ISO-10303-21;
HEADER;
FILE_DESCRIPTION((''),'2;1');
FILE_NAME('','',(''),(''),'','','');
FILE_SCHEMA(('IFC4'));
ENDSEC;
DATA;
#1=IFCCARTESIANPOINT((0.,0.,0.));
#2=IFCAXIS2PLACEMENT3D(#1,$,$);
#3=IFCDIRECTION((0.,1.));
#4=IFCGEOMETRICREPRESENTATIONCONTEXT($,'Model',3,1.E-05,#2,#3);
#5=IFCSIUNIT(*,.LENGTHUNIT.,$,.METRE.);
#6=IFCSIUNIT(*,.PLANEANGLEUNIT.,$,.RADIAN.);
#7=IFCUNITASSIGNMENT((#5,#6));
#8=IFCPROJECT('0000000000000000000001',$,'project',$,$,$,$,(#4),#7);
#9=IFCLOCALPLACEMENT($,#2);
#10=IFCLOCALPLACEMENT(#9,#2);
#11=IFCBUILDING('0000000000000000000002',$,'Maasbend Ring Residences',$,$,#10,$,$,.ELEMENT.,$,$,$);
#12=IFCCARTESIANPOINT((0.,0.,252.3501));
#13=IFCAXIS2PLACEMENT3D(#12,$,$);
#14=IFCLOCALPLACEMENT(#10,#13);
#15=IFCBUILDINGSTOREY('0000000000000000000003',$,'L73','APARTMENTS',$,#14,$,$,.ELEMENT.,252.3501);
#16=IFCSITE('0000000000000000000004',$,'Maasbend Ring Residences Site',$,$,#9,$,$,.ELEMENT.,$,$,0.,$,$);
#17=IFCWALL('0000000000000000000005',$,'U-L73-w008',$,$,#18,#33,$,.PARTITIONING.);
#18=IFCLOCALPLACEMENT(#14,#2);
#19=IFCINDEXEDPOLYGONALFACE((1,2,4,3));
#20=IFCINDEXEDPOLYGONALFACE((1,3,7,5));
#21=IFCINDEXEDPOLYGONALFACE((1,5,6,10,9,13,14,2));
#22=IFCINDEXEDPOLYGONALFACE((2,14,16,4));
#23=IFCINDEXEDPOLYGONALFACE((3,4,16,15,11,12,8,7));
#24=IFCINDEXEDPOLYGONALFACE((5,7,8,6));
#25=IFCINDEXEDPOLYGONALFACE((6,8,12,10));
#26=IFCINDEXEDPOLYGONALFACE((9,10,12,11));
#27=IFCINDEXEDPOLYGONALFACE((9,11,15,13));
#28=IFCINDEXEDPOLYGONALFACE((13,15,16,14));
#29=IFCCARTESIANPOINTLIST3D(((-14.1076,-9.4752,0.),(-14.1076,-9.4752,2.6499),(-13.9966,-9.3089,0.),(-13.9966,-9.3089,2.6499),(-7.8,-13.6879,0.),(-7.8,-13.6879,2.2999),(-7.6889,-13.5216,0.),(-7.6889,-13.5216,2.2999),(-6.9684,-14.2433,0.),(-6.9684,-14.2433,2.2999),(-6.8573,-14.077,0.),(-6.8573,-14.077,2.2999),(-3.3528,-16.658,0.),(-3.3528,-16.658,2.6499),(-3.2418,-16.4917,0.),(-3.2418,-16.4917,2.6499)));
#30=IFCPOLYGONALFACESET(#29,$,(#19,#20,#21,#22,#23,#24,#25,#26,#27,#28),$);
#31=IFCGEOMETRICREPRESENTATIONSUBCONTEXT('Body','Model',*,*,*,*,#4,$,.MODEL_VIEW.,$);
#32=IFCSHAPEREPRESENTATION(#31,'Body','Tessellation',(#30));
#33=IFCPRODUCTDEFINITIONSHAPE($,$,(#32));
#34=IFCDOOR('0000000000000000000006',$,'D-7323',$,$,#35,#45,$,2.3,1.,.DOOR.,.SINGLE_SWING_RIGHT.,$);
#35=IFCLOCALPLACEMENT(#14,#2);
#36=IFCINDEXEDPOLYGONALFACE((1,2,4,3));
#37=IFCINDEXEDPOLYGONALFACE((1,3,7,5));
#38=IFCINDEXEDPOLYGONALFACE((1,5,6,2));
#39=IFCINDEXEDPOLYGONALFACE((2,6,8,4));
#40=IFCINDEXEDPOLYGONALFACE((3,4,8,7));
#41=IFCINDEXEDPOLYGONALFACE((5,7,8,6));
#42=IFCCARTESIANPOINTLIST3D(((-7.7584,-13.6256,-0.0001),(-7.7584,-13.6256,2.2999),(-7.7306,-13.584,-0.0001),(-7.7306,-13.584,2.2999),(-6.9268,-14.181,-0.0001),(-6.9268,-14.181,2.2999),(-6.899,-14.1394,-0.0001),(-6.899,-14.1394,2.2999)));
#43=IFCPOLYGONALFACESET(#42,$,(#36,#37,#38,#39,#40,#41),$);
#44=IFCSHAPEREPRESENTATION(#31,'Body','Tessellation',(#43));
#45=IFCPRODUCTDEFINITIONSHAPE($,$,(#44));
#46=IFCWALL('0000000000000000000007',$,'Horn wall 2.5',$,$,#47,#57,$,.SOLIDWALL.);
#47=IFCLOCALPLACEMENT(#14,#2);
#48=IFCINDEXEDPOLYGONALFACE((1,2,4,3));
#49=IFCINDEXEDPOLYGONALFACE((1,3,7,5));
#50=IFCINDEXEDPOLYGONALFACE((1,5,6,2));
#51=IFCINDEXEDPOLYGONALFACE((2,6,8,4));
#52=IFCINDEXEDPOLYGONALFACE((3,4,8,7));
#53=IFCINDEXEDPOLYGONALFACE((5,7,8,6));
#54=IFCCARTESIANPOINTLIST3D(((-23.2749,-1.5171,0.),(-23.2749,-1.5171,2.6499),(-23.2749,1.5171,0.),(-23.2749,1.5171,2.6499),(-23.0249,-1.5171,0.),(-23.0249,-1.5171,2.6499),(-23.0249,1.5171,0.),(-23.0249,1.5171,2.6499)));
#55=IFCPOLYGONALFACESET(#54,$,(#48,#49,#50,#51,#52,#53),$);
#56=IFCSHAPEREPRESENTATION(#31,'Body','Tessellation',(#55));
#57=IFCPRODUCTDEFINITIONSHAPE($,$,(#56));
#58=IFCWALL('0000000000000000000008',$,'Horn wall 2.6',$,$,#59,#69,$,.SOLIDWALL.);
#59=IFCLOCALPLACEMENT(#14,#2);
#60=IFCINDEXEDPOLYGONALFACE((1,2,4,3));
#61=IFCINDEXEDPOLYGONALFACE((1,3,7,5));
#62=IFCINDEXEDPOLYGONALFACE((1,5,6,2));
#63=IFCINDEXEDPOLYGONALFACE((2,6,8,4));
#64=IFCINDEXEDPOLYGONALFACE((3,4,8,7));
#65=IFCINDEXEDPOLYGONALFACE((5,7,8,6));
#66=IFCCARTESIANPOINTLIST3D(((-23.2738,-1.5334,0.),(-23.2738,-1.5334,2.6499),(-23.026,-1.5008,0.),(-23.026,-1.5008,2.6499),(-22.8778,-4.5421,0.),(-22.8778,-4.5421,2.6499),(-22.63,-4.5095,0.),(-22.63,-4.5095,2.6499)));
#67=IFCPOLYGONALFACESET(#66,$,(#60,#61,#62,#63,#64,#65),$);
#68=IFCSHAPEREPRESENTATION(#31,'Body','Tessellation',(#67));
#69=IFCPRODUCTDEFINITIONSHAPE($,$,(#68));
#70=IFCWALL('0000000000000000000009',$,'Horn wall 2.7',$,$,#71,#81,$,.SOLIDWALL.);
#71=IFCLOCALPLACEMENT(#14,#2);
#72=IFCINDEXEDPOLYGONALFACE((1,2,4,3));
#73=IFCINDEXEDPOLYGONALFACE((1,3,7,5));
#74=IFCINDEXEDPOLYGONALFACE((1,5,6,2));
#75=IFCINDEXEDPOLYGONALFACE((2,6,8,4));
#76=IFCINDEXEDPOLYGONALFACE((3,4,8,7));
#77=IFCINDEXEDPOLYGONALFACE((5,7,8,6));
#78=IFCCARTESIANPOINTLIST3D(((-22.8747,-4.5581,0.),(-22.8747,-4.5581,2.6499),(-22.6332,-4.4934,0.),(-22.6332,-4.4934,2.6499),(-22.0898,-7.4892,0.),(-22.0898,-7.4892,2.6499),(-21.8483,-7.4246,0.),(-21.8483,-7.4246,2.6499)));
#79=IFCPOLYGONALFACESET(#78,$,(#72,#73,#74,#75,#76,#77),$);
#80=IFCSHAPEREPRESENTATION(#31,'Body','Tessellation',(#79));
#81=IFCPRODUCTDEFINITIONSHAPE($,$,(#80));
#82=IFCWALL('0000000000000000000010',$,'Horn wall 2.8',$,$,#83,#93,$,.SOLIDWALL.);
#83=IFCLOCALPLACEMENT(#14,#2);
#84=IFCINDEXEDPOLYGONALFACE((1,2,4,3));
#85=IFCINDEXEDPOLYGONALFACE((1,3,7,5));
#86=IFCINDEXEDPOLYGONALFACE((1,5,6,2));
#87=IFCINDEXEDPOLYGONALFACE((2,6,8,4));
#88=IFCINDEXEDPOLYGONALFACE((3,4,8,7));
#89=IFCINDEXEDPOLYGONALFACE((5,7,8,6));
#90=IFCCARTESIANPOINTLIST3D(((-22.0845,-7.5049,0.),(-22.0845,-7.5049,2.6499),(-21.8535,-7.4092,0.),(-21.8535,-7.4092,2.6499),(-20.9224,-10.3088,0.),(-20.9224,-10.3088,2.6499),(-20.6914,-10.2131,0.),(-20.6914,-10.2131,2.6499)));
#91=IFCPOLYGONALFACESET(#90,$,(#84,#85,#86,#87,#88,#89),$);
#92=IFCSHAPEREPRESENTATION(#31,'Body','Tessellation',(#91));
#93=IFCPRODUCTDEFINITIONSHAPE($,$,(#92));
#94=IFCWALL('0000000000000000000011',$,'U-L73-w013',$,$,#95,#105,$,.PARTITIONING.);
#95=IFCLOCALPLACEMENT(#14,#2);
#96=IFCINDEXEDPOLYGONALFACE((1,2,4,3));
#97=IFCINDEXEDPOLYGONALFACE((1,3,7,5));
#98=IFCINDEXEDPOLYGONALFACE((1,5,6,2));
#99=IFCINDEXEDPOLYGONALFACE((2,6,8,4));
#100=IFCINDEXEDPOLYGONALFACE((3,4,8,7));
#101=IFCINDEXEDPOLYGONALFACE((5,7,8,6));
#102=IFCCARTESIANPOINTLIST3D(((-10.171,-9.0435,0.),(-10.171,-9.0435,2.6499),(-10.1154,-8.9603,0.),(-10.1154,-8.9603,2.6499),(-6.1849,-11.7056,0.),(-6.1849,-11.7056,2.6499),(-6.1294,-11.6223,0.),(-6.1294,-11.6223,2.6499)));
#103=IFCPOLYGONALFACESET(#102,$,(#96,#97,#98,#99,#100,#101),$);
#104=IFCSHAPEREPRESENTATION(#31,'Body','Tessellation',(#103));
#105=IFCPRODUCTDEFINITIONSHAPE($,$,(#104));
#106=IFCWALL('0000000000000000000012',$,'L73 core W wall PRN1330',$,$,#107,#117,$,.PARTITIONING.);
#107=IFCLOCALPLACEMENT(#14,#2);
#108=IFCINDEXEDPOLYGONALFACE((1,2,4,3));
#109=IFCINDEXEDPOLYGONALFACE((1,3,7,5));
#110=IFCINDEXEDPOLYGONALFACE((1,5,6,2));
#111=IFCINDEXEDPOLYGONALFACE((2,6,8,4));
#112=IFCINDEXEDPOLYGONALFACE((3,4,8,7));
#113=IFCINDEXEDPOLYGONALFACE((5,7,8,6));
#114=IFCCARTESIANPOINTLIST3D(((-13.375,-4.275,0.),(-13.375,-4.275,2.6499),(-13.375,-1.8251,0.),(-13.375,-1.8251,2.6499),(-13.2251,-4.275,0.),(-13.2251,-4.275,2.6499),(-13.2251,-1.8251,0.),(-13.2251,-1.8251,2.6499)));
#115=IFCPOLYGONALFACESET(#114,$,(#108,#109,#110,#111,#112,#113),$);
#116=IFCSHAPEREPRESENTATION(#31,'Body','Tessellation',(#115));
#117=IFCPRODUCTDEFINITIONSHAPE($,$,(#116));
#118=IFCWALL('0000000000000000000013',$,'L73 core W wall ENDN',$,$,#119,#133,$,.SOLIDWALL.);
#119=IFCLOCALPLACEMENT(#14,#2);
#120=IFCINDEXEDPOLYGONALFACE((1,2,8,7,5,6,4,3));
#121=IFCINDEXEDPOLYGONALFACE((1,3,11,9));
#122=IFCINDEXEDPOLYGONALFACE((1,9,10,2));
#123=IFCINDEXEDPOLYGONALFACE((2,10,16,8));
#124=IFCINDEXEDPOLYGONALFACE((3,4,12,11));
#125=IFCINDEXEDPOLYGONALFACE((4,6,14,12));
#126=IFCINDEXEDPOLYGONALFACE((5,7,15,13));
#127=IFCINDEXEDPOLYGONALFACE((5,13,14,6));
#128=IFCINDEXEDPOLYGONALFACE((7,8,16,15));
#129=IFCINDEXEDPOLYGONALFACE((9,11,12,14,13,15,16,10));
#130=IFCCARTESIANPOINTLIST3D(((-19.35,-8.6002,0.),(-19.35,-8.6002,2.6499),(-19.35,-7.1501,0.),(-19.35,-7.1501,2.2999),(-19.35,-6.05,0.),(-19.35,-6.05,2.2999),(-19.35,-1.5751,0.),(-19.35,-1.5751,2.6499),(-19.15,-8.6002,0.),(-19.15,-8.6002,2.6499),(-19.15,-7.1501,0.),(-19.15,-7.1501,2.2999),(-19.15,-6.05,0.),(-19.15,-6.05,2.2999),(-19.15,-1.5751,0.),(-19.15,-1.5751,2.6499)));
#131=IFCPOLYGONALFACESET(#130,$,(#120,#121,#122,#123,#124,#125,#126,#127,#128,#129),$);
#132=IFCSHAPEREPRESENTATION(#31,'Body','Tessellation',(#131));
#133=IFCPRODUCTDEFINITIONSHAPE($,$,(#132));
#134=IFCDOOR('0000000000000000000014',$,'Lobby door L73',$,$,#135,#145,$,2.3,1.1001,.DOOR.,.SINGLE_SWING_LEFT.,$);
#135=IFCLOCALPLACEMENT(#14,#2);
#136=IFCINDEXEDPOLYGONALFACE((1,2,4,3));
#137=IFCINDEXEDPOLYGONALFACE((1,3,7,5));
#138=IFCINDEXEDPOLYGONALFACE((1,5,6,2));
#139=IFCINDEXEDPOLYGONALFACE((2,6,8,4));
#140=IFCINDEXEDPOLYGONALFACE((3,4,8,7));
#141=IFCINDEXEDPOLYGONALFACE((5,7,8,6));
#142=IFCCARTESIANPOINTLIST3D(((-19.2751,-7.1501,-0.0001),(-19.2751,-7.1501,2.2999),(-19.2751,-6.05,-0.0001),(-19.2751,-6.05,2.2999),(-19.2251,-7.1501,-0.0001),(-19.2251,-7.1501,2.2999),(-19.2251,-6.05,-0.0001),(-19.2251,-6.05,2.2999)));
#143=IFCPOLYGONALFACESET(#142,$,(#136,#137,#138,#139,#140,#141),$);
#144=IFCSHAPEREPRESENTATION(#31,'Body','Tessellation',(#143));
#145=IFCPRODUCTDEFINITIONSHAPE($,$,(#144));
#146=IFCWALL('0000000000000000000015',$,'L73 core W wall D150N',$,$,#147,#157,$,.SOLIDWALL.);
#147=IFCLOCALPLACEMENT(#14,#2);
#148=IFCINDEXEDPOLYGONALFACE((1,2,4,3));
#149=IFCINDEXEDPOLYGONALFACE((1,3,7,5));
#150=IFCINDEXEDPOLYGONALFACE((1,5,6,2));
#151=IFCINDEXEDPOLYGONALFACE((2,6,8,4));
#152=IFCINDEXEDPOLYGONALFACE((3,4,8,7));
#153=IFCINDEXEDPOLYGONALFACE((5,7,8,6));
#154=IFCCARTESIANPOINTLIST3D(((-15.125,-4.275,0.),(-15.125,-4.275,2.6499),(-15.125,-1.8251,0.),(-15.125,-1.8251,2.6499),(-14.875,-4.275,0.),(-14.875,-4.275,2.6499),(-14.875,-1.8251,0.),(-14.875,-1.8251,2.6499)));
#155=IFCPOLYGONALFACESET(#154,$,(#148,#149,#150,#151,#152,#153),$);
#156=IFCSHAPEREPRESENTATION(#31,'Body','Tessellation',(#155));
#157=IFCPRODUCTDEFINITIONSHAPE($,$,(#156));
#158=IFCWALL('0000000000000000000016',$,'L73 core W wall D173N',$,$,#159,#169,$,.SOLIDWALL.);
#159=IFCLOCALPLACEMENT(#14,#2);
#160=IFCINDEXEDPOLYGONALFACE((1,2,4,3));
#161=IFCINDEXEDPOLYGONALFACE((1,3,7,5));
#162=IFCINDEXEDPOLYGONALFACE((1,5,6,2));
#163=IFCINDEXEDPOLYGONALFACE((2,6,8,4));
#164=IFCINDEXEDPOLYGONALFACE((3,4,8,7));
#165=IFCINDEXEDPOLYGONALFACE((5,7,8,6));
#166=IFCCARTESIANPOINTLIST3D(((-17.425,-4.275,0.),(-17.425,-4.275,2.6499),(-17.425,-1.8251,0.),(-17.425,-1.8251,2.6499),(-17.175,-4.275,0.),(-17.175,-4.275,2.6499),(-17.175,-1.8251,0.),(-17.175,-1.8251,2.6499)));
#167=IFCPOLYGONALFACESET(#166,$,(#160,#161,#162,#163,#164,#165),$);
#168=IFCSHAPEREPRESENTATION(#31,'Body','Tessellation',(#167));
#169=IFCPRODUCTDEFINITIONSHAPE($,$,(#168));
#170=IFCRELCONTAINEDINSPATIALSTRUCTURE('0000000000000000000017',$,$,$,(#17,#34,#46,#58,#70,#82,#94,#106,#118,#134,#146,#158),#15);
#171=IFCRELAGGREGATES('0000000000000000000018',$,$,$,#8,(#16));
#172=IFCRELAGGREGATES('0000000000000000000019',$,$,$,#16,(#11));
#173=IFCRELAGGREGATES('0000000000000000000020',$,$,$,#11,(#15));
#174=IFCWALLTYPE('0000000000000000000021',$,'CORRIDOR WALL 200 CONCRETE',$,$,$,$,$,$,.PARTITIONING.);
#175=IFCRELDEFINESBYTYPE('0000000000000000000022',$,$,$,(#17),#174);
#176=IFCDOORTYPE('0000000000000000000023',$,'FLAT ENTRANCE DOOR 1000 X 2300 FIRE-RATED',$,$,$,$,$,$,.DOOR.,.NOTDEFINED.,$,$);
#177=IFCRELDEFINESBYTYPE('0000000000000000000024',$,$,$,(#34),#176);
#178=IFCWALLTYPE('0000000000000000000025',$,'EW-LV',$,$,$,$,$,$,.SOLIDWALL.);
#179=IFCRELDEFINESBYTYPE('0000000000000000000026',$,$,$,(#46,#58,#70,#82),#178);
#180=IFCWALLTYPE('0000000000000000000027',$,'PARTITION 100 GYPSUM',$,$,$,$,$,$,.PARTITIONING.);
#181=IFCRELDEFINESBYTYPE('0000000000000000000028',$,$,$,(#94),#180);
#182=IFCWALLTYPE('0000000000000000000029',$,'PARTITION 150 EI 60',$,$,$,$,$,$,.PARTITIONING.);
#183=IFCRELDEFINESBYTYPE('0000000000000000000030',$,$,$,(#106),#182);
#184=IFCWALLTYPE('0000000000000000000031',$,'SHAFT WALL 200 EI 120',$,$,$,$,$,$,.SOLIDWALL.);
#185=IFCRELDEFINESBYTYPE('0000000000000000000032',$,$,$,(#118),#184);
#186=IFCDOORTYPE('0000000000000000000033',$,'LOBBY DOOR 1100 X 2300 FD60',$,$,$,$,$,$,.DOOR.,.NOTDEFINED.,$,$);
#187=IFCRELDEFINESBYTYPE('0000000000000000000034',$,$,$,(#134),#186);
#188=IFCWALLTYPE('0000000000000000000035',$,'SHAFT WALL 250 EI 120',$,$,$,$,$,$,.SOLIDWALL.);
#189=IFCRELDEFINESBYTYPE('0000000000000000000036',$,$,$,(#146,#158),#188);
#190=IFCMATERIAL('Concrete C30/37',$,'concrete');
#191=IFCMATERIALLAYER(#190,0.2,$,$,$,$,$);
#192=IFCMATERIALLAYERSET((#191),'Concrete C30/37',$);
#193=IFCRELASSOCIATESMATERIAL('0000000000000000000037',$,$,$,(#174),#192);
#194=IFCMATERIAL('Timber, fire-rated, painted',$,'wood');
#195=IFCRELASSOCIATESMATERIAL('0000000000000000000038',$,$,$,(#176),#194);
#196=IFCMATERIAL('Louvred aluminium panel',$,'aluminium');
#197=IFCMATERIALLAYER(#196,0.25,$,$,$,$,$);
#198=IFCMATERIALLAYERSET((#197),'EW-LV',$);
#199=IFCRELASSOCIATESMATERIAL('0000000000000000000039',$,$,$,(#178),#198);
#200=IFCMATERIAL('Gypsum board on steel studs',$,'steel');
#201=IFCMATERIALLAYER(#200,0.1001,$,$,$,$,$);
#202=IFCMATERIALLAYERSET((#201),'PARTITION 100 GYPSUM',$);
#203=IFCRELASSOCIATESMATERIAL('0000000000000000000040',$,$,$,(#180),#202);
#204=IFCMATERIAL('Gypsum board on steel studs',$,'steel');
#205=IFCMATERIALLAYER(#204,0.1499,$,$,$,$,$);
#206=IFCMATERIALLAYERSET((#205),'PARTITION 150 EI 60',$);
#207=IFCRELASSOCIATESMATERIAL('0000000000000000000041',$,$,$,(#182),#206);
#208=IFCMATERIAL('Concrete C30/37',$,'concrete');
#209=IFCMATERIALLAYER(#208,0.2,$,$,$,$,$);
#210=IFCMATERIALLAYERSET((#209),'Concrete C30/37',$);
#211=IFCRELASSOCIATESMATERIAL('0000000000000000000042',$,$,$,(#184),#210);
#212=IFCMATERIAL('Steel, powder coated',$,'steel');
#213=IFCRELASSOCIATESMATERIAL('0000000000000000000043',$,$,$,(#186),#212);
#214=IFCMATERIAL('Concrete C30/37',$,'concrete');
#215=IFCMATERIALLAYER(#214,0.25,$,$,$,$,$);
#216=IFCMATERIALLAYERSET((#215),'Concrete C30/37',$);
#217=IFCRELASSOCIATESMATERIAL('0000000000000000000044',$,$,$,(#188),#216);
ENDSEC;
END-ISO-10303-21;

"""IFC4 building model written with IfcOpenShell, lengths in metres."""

from ifc_helpers import new_model, si_unit, direction, frame, frame_2d, origin, place, context, subcontext, project, spatial, rectangle, extrude, material, layer, layer_set, type_object, element, fill, save


model = new_model("IFC4")

# Units and contexts
model_context = context("Model", 3, precision=1e-05, world=origin(), true_north=direction((0.0, 1.0)))
body_context = subcontext(model_context, "Body", "Model", "MODEL_VIEW")
ifc_project = project(units=[si_unit("LENGTHUNIT", "METRE"), si_unit("PLANEANGLEUNIT", "RADIAN")], contexts=[model_context])

# Site, building, storey
site_placement = place(None, origin())
site = spatial("IfcSite", under=ifc_project, at=site_placement, Name="Maasbend Ring Residences Site", CompositionType="ELEMENT", RefElevation=0.0)
building_placement = place(site_placement, origin())
building = spatial("IfcBuilding", under=site, at=building_placement, Name="Maasbend Ring Residences", CompositionType="ELEMENT")
storey_placement = place(building_placement, frame((0.0, 0.0, 252.3501)))
storey = spatial("IfcBuildingStorey", under=building, at=storey_placement, Name="L73", Description="APARTMENTS", CompositionType="ELEMENT", Elevation=252.3501)

# Wall, opening, door
ifc_material_1 = material(Name="Concrete C30/37", Category="concrete")
ifc_layer_1 = layer(ifc_material_1, 0.2)
ifc_layer_set_1 = layer_set([ifc_layer_1], Name="Concrete C30/37")
wall_type_1 = type_object("IfcWallType", Name="CORRIDOR WALL 200 CONCRETE", PredefinedType="PARTITIONING", material=ifc_layer_set_1)
wall_1_placement = place(storey_placement, frame((-14.052, -9.3921, 0.0), z_axis=(0.0, 0.0, 1.0), x_axis=(0.831588, -0.555393, 0.0)))
wall_1 = element("IfcWall", 1, at=wall_1_placement, inside=storey, type_object=wall_type_1, Name="U-L73-w008", PredefinedType="PARTITIONING", context=body_context, shape_type="SweptSolid", body=[
    extrude(rectangle(XDim=12.9329, YDim=0.2, at=frame_2d((6.4663, 0.0))), origin(), (0.0, 0.0, 1.0), 2.6499),
])
opening_1_placement = place(wall_1_placement, frame((7.585, 0.0, 0.0)))
opening_1 = element("IfcOpeningElement", 2, at=opening_1_placement, cuts=wall_1, PredefinedType="OPENING", context=body_context, shape_type="SweptSolid", body=[
    extrude(rectangle(XDim=1.0, YDim=2.3, at=frame_2d((0.5, 1.1499))), frame((0.0, 0.1099, 0.0), z_axis=(0.0, -1.0, 0.0), x_axis=(1.0, 0.0, 0.0)), (0.0, 0.0, 1.0), 0.22),
])
ifc_material_2 = material(Name="Timber, fire-rated, painted", Category="wood")
door_type_1 = type_object("IfcDoorType", Name="FLAT ENTRANCE DOOR 1000 X 2300 FIRE-RATED", OperationType="NOTDEFINED", PredefinedType="DOOR", material=ifc_material_2)
door_1_placement = place(opening_1_placement, origin())
door_1 = element("IfcDoor", 3, at=door_1_placement, inside=storey, type_object=door_type_1, Name="D-7323", OperationType="SINGLE_SWING_RIGHT", OverallHeight=2.3, OverallWidth=1.0, PredefinedType="DOOR", context=body_context, shape_type="SweptSolid", body=[
    extrude(rectangle(XDim=1.0, YDim=2.3, at=frame_2d((0.5, 1.1499))), frame((0.0, 0.0249, 0.0), z_axis=(0.0, -1.0, 0.0), x_axis=(1.0, 0.0, 0.0)), (0.0, 0.0, 1.0), 0.05),
])
fill(opening_1, door_1)

# Walls
ifc_material_3 = material(Name="Louvred aluminium panel", Category="aluminium")
ifc_layer_2 = layer(ifc_material_3, 0.25)
ifc_layer_set_2 = layer_set([ifc_layer_2], Name="EW-LV")
wall_type_2 = type_object("IfcWallType", Name="EW-LV", PredefinedType="SOLIDWALL", material=ifc_layer_set_2)
wall_2_placement = place(storey_placement, frame((-23.1499, 1.5171, 0.0), z_axis=(0.0, 0.0, 1.0), x_axis=(0.0, -1.0, 0.0)))
element("IfcWall", 4, at=wall_2_placement, inside=storey, type_object=wall_type_2, Name="Horn wall 2.5", PredefinedType="SOLIDWALL", context=body_context, shape_type="SweptSolid", body=[
    extrude(rectangle(XDim=3.0342, YDim=0.25, at=frame_2d((1.5171, 0.0))), origin(), (0.0, 0.0, 1.0), 2.6499),
])
wall_3_placement = place(storey_placement, frame((-23.1499, -1.5171, 0.0), z_axis=(0.0, 0.0, 1.0), x_axis=(0.130488, -0.99145, 0.0)))
element("IfcWall", 5, at=wall_3_placement, inside=storey, type_object=wall_type_2, Name="Horn wall 2.6", PredefinedType="SOLIDWALL", context=body_context, shape_type="SweptSolid", body=[
    extrude(rectangle(XDim=3.0347, YDim=0.25, at=frame_2d((1.5173, 0.0))), origin(), (0.0, 0.0, 1.0), 2.6499),
])
wall_4_placement = place(storey_placement, frame((-22.7539, -4.5259, 0.0), z_axis=(0.0, 0.0, 1.0), x_axis=(0.258669, -0.965966, 0.0)))
element("IfcWall", 6, at=wall_4_placement, inside=storey, type_object=wall_type_2, Name="Horn wall 2.7", PredefinedType="SOLIDWALL", context=body_context, shape_type="SweptSolid", body=[
    extrude(rectangle(XDim=3.0344, YDim=0.25, at=frame_2d((1.5171, 0.0))), origin(), (0.0, 0.0, 1.0), 2.6499),
])
wall_5_placement = place(storey_placement, frame((-21.969, -7.457, 0.0), z_axis=(0.0, 0.0, 1.0), x_axis=(0.382873, -0.923801, 0.0)))
element("IfcWall", 7, at=wall_5_placement, inside=storey, type_object=wall_type_2, Name="Horn wall 2.8", PredefinedType="SOLIDWALL", context=body_context, shape_type="SweptSolid", body=[
    extrude(rectangle(XDim=3.0352, YDim=0.25, at=frame_2d((1.5176, 0.0))), origin(), (0.0, 0.0, 1.0), 2.6499),
])
ifc_material_4 = material(Name="Gypsum board on steel studs", Category="steel")
ifc_layer_3 = layer(ifc_material_4, 0.1001)
ifc_layer_set_3 = layer_set([ifc_layer_3], Name="PARTITION 100 GYPSUM")
wall_type_3 = type_object("IfcWallType", Name="PARTITION 100 GYPSUM", PredefinedType="PARTITIONING", material=ifc_layer_set_3)
wall_6_placement = place(storey_placement, frame((-10.1431, -9.002, 0.0), z_axis=(0.0, 0.0, 1.0), x_axis=(0.831596, -0.555382, 0.0)))
element("IfcWall", 8, at=wall_6_placement, inside=storey, type_object=wall_type_3, Name="U-L73-w013", PredefinedType="PARTITIONING", context=body_context, shape_type="SweptSolid", body=[
    extrude(rectangle(XDim=4.7932, YDim=0.1001, at=frame_2d((2.3965, 0.0))), origin(), (0.0, 0.0, 1.0), 2.6499),
])
ifc_material_5 = material(Name="Gypsum board on steel studs", Category="steel")
ifc_layer_4 = layer(ifc_material_5, 0.1499)
ifc_layer_set_4 = layer_set([ifc_layer_4], Name="PARTITION 150 EI 60")
wall_type_4 = type_object("IfcWallType", Name="PARTITION 150 EI 60", PredefinedType="PARTITIONING", material=ifc_layer_set_4)
wall_7_placement = place(storey_placement, frame((-13.3, -1.825, 0.0), z_axis=(0.0, 0.0, 1.0), x_axis=(0.0, -1.0, 0.0)))
element("IfcWall", 9, at=wall_7_placement, inside=storey, type_object=wall_type_4, Name="L73 core W wall PRN1330", PredefinedType="PARTITIONING", context=body_context, shape_type="SweptSolid", body=[
    extrude(rectangle(XDim=2.45, YDim=0.1499, at=frame_2d((1.2251, 0.0))), origin(), (0.0, 0.0, 1.0), 2.6499),
])

# Wall, opening, door
ifc_material_6 = material(Name="Concrete C30/37", Category="concrete")
ifc_layer_5 = layer(ifc_material_6, 0.2)
ifc_layer_set_5 = layer_set([ifc_layer_5], Name="Concrete C30/37")
wall_type_5 = type_object("IfcWallType", Name="SHAFT WALL 200 EI 120", PredefinedType="SOLIDWALL", material=ifc_layer_set_5)
wall_8_placement = place(storey_placement, frame((-19.25, -1.575, 0.0), z_axis=(0.0, 0.0, 1.0), x_axis=(0.0, -1.0, 0.0)))
wall_8 = element("IfcWall", 10, at=wall_8_placement, inside=storey, type_object=wall_type_5, Name="L73 core W wall ENDN", PredefinedType="SOLIDWALL", context=body_context, shape_type="SweptSolid", body=[
    extrude(rectangle(XDim=7.0251, YDim=0.2, at=frame_2d((3.5127, 0.0))), origin(), (0.0, 0.0, 1.0), 2.6499),
])
opening_2_placement = place(wall_8_placement, frame((4.4751, 0.0, 0.0)))
opening_2 = element("IfcOpeningElement", 11, at=opening_2_placement, cuts=wall_8, PredefinedType="OPENING", context=body_context, shape_type="SweptSolid", body=[
    extrude(rectangle(XDim=1.1001, YDim=2.3, at=frame_2d((0.55, 1.1499))), frame((0.0, 0.1099, 0.0), z_axis=(0.0, -1.0, 0.0), x_axis=(1.0, 0.0, 0.0)), (0.0, 0.0, 1.0), 0.22),
])
ifc_material_7 = material(Name="Steel, powder coated", Category="steel")
door_type_2 = type_object("IfcDoorType", Name="LOBBY DOOR 1100 X 2300 FD60", OperationType="NOTDEFINED", PredefinedType="DOOR", material=ifc_material_7)
door_2_placement = place(opening_2_placement, origin())
door_2 = element("IfcDoor", 12, at=door_2_placement, inside=storey, type_object=door_type_2, Name="Lobby door L73", OperationType="SINGLE_SWING_LEFT", OverallHeight=2.3, OverallWidth=1.1001, PredefinedType="DOOR", context=body_context, shape_type="SweptSolid", body=[
    extrude(rectangle(XDim=1.1001, YDim=2.3, at=frame_2d((0.55, 1.1499))), frame((0.0, 0.0249, 0.0), z_axis=(0.0, -1.0, 0.0), x_axis=(1.0, 0.0, 0.0)), (0.0, 0.0, 1.0), 0.05),
])
fill(opening_2, door_2)

# Walls
ifc_material_8 = material(Name="Concrete C30/37", Category="concrete")
ifc_layer_6 = layer(ifc_material_8, 0.25)
ifc_layer_set_6 = layer_set([ifc_layer_6], Name="Concrete C30/37")
wall_type_6 = type_object("IfcWallType", Name="SHAFT WALL 250 EI 120", PredefinedType="SOLIDWALL", material=ifc_layer_set_6)
for number, where, z_axis, x_axis, name in (
    (13, (-15.0, -1.825, 0.0), (0.0, 0.0, 1.0), (0.0, -1.0, 0.0), "L73 core W wall D150N"),
    (14, (-17.3, -1.825, 0.0), (0.0, 0.0, 1.0), (0.0, -1.0, 0.0), "L73 core W wall D173N"),
):
    element("IfcWall", number, at=place(storey_placement, frame(where, z_axis=z_axis, x_axis=x_axis)), inside=storey, type_object=wall_type_6, Name=name, PredefinedType="SOLIDWALL", context=body_context, shape_type="SweptSolid", body=[
        extrude(rectangle(XDim=2.45, YDim=0.25, at=frame_2d((1.2251, 0.0))), origin(), (0.0, 0.0, 1.0), 2.6499),
    ])

save(model, "model.ifc")
